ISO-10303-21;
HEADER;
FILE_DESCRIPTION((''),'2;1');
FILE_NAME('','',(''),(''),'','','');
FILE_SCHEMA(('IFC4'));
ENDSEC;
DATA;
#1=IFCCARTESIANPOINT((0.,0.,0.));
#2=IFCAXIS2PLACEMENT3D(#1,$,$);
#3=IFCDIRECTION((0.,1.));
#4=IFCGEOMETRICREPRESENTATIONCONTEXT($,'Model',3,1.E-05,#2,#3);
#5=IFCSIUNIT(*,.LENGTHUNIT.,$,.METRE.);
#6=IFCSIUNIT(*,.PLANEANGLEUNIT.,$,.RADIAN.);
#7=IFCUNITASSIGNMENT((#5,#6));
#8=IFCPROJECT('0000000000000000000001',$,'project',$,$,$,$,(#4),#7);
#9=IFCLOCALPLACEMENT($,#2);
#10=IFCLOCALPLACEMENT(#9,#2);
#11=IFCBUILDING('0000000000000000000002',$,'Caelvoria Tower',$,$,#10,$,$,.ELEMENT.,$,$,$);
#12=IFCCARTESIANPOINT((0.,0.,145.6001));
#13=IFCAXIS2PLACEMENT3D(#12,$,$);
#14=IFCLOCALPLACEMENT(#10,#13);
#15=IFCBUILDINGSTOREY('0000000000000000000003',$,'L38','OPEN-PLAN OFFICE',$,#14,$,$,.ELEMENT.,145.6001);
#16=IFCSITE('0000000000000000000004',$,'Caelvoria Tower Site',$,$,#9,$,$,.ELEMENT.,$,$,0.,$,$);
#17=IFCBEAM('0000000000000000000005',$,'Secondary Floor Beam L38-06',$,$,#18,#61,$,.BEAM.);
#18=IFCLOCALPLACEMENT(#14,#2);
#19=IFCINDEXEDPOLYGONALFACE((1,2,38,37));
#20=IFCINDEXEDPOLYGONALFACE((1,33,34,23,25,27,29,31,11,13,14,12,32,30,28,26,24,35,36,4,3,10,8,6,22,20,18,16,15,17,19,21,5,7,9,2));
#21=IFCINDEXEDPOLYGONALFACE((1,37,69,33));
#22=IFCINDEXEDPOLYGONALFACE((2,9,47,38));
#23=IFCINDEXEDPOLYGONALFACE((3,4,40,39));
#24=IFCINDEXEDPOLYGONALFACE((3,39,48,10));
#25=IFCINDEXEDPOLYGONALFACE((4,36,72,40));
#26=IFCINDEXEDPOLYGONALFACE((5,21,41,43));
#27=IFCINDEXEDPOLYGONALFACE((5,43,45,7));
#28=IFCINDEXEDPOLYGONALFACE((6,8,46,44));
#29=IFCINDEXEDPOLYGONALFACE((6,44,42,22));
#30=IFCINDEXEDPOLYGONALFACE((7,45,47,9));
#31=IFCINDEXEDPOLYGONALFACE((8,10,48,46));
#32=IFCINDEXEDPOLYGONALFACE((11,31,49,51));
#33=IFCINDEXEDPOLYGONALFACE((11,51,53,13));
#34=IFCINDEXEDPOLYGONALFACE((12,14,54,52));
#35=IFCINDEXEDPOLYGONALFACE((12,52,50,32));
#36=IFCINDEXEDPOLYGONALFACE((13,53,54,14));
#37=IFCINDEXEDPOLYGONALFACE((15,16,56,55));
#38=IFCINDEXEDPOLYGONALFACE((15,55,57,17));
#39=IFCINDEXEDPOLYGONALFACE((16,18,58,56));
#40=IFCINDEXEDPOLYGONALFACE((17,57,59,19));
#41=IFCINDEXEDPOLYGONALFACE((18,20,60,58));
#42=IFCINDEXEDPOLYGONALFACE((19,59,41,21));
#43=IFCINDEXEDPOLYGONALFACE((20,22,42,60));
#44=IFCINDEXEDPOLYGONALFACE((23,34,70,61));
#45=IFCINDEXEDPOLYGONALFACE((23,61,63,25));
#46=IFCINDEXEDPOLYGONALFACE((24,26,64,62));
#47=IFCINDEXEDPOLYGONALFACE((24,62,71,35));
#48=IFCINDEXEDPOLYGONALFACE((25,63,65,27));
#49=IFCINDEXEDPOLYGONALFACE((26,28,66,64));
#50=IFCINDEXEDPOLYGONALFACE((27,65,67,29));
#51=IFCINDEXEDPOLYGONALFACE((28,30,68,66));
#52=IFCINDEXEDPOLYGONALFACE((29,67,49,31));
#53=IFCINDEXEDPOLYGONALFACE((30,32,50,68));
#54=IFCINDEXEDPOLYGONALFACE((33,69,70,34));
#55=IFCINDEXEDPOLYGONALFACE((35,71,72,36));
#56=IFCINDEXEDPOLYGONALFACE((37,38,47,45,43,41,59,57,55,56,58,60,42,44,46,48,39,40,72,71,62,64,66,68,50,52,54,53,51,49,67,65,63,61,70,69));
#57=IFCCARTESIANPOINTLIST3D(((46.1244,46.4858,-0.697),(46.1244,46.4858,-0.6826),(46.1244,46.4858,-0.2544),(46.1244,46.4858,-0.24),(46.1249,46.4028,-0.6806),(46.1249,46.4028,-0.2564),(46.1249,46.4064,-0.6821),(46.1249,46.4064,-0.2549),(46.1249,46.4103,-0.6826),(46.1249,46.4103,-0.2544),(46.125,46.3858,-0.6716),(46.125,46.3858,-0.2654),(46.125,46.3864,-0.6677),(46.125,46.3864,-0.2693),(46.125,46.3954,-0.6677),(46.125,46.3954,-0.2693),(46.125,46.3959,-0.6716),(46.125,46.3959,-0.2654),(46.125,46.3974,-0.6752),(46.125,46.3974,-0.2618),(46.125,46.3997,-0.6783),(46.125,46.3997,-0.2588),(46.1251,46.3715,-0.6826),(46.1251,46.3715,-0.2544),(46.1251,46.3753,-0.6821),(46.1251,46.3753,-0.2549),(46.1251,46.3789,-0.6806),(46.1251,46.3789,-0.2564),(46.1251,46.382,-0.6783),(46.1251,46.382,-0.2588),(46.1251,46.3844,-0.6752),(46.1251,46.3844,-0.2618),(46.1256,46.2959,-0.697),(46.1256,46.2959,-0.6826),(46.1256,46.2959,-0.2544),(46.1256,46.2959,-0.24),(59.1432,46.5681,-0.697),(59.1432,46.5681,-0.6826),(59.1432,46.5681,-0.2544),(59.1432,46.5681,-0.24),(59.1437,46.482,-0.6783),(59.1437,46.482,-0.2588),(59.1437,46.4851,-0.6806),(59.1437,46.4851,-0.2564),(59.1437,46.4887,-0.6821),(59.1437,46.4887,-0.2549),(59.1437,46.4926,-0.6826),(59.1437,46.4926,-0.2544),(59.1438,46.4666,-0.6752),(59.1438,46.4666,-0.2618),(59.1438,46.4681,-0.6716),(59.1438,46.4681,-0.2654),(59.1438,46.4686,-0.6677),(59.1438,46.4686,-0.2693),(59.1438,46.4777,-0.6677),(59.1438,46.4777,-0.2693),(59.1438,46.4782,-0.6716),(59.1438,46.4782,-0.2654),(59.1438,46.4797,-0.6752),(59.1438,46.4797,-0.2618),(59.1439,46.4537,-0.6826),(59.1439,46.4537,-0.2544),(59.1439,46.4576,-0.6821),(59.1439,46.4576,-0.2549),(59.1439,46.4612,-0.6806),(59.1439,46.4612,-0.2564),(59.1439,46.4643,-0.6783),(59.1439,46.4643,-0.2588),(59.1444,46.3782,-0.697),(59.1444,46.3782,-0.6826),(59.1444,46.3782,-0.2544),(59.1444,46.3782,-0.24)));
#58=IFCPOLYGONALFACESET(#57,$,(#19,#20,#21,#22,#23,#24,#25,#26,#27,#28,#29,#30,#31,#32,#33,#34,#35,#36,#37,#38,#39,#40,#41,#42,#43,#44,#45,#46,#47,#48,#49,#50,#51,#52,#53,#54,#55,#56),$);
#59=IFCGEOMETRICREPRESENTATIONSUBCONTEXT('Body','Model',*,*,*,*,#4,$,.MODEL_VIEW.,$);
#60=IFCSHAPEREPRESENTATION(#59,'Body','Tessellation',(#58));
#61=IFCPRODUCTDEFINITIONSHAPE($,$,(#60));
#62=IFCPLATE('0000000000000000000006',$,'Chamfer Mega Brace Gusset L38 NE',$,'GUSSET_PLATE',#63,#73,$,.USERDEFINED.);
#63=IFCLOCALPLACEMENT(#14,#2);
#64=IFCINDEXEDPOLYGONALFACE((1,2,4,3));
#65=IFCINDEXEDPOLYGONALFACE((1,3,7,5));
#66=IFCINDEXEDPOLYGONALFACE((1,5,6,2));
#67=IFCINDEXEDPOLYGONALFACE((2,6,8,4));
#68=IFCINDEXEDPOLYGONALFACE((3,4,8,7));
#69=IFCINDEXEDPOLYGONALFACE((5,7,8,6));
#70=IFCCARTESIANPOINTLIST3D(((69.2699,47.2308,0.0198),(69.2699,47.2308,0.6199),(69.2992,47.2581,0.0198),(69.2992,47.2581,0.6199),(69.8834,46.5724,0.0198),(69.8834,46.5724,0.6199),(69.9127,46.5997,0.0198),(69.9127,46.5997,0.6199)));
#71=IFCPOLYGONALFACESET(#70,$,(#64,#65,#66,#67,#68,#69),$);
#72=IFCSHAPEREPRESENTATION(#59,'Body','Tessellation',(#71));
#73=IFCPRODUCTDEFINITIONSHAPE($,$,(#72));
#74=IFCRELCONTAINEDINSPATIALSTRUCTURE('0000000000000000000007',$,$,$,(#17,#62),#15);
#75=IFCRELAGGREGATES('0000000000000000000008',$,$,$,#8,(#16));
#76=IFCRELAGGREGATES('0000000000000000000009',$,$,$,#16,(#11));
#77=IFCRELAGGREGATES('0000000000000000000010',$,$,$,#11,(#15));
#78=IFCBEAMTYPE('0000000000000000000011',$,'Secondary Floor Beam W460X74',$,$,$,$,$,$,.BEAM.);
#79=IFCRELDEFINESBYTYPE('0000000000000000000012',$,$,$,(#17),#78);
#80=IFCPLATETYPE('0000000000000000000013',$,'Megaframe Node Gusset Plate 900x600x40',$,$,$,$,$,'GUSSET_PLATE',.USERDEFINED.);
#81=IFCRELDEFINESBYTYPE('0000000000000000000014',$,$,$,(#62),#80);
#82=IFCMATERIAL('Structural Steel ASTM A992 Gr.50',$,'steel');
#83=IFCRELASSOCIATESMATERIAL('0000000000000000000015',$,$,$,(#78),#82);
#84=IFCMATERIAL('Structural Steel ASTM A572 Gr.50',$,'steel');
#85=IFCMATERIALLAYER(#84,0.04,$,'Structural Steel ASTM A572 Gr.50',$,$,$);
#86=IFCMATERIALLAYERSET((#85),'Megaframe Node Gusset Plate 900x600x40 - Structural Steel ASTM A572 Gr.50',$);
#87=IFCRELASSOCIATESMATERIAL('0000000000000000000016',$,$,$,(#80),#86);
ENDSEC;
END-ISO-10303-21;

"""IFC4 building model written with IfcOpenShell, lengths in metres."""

from ifc_helpers import new_model, si_unit, direction, frame, origin, origin_2d, place, context, subcontext, project, spatial, rectangle, i_section, extrude, material, layer, layer_set, material_profile, profile_set, type_object, element, save


model = new_model("IFC4")

# Units and contexts
model_context = context("Model", 3, precision=1e-05, world=origin(), true_north=direction((0.0, 1.0)))
body_context = subcontext(model_context, "Body", "Model", "MODEL_VIEW")
ifc_project = project(units=[si_unit("LENGTHUNIT", "METRE"), si_unit("PLANEANGLEUNIT", "RADIAN")], contexts=[model_context])

# Site, building, storey
site_placement = place(None, origin())
site = spatial("IfcSite", under=ifc_project, at=site_placement, Name="Caelvoria Tower Site", CompositionType="ELEMENT", RefElevation=0.0)
building_placement = place(site_placement, origin())
building = spatial("IfcBuilding", under=site, at=building_placement, Name="Caelvoria Tower", CompositionType="ELEMENT")
storey_placement = place(building_placement, frame((0.0, 0.0, 145.6001)))
storey = spatial("IfcBuildingStorey", under=building, at=storey_placement, Name="L38", Description="OPEN-PLAN OFFICE", CompositionType="ELEMENT", Elevation=145.6001)

# Shared definitions
ifc_material_1 = material(Name="Structural Steel ASTM A572 Gr.50", Category="steel")

# Beam
ifc_material_2 = material(Name="Structural Steel ASTM A992 Gr.50", Category="steel")
ifc_material_profile_1 = material_profile(ifc_material_2, i_section(OverallWidth=0.1899, OverallDepth=0.457, WebThickness=0.009, FlangeThickness=0.0144, FilletRadius=0.0149, at=origin_2d()), Name="Structural Steel ASTM A992 Gr.50")
ifc_profile_set_1 = profile_set([ifc_material_profile_1], Name="W460X74 - Structural Steel ASTM A992 Gr.50")
beam_type_1 = type_object("IfcBeamType", Name="Secondary Floor Beam W460X74", PredefinedType="BEAM", material=ifc_profile_set_1)
beam_1_placement = place(storey_placement, frame((59.1438, 46.4731, -0.4685), z_axis=(-0.99998, -0.00632, 0.0), x_axis=(0.00632, -0.99998, 0.0)))
element("IfcBeam", 1, at=beam_1_placement, inside=storey, type_object=beam_type_1, Name="Secondary Floor Beam L38-06", PredefinedType="BEAM", context=body_context, shape_type="SweptSolid", body=[
    extrude(i_section(OverallWidth=0.1899, OverallDepth=0.457, WebThickness=0.009, FlangeThickness=0.0144, FilletRadius=0.0149, at=origin_2d()), origin(), (0.0, 0.0, 1.0), 13.019),
])

# Plate
ifc_layer_1 = layer(ifc_material_1, 0.04, Name="Structural Steel ASTM A572 Gr.50")
ifc_layer_set_1 = layer_set([ifc_layer_1], Name="Megaframe Node Gusset Plate 900x600x40 - Structural Steel ASTM A572 Gr.50")
plate_type = type_object("IfcPlateType", Name="Megaframe Node Gusset Plate 900x600x40", ElementType="GUSSET_PLATE", PredefinedType="USERDEFINED", material=ifc_layer_set_1)
plate_placement = place(storey_placement, frame((69.5913, 46.9153, 0.0198), z_axis=(0.0, 0.0, 1.0), x_axis=(-0.681679, 0.731651, 0.0)))
element("IfcPlate", 2, at=plate_placement, inside=storey, type_object=plate_type, Name="Chamfer Mega Brace Gusset L38 NE", ObjectType="GUSSET_PLATE", PredefinedType="USERDEFINED", context=body_context, shape_type="SweptSolid", body=[
    extrude(rectangle(XDim=0.8999, YDim=0.04, at=origin_2d()), origin(), (0.0, 0.0, 1.0), 0.6001),
])

save(model, "model.ifc")
